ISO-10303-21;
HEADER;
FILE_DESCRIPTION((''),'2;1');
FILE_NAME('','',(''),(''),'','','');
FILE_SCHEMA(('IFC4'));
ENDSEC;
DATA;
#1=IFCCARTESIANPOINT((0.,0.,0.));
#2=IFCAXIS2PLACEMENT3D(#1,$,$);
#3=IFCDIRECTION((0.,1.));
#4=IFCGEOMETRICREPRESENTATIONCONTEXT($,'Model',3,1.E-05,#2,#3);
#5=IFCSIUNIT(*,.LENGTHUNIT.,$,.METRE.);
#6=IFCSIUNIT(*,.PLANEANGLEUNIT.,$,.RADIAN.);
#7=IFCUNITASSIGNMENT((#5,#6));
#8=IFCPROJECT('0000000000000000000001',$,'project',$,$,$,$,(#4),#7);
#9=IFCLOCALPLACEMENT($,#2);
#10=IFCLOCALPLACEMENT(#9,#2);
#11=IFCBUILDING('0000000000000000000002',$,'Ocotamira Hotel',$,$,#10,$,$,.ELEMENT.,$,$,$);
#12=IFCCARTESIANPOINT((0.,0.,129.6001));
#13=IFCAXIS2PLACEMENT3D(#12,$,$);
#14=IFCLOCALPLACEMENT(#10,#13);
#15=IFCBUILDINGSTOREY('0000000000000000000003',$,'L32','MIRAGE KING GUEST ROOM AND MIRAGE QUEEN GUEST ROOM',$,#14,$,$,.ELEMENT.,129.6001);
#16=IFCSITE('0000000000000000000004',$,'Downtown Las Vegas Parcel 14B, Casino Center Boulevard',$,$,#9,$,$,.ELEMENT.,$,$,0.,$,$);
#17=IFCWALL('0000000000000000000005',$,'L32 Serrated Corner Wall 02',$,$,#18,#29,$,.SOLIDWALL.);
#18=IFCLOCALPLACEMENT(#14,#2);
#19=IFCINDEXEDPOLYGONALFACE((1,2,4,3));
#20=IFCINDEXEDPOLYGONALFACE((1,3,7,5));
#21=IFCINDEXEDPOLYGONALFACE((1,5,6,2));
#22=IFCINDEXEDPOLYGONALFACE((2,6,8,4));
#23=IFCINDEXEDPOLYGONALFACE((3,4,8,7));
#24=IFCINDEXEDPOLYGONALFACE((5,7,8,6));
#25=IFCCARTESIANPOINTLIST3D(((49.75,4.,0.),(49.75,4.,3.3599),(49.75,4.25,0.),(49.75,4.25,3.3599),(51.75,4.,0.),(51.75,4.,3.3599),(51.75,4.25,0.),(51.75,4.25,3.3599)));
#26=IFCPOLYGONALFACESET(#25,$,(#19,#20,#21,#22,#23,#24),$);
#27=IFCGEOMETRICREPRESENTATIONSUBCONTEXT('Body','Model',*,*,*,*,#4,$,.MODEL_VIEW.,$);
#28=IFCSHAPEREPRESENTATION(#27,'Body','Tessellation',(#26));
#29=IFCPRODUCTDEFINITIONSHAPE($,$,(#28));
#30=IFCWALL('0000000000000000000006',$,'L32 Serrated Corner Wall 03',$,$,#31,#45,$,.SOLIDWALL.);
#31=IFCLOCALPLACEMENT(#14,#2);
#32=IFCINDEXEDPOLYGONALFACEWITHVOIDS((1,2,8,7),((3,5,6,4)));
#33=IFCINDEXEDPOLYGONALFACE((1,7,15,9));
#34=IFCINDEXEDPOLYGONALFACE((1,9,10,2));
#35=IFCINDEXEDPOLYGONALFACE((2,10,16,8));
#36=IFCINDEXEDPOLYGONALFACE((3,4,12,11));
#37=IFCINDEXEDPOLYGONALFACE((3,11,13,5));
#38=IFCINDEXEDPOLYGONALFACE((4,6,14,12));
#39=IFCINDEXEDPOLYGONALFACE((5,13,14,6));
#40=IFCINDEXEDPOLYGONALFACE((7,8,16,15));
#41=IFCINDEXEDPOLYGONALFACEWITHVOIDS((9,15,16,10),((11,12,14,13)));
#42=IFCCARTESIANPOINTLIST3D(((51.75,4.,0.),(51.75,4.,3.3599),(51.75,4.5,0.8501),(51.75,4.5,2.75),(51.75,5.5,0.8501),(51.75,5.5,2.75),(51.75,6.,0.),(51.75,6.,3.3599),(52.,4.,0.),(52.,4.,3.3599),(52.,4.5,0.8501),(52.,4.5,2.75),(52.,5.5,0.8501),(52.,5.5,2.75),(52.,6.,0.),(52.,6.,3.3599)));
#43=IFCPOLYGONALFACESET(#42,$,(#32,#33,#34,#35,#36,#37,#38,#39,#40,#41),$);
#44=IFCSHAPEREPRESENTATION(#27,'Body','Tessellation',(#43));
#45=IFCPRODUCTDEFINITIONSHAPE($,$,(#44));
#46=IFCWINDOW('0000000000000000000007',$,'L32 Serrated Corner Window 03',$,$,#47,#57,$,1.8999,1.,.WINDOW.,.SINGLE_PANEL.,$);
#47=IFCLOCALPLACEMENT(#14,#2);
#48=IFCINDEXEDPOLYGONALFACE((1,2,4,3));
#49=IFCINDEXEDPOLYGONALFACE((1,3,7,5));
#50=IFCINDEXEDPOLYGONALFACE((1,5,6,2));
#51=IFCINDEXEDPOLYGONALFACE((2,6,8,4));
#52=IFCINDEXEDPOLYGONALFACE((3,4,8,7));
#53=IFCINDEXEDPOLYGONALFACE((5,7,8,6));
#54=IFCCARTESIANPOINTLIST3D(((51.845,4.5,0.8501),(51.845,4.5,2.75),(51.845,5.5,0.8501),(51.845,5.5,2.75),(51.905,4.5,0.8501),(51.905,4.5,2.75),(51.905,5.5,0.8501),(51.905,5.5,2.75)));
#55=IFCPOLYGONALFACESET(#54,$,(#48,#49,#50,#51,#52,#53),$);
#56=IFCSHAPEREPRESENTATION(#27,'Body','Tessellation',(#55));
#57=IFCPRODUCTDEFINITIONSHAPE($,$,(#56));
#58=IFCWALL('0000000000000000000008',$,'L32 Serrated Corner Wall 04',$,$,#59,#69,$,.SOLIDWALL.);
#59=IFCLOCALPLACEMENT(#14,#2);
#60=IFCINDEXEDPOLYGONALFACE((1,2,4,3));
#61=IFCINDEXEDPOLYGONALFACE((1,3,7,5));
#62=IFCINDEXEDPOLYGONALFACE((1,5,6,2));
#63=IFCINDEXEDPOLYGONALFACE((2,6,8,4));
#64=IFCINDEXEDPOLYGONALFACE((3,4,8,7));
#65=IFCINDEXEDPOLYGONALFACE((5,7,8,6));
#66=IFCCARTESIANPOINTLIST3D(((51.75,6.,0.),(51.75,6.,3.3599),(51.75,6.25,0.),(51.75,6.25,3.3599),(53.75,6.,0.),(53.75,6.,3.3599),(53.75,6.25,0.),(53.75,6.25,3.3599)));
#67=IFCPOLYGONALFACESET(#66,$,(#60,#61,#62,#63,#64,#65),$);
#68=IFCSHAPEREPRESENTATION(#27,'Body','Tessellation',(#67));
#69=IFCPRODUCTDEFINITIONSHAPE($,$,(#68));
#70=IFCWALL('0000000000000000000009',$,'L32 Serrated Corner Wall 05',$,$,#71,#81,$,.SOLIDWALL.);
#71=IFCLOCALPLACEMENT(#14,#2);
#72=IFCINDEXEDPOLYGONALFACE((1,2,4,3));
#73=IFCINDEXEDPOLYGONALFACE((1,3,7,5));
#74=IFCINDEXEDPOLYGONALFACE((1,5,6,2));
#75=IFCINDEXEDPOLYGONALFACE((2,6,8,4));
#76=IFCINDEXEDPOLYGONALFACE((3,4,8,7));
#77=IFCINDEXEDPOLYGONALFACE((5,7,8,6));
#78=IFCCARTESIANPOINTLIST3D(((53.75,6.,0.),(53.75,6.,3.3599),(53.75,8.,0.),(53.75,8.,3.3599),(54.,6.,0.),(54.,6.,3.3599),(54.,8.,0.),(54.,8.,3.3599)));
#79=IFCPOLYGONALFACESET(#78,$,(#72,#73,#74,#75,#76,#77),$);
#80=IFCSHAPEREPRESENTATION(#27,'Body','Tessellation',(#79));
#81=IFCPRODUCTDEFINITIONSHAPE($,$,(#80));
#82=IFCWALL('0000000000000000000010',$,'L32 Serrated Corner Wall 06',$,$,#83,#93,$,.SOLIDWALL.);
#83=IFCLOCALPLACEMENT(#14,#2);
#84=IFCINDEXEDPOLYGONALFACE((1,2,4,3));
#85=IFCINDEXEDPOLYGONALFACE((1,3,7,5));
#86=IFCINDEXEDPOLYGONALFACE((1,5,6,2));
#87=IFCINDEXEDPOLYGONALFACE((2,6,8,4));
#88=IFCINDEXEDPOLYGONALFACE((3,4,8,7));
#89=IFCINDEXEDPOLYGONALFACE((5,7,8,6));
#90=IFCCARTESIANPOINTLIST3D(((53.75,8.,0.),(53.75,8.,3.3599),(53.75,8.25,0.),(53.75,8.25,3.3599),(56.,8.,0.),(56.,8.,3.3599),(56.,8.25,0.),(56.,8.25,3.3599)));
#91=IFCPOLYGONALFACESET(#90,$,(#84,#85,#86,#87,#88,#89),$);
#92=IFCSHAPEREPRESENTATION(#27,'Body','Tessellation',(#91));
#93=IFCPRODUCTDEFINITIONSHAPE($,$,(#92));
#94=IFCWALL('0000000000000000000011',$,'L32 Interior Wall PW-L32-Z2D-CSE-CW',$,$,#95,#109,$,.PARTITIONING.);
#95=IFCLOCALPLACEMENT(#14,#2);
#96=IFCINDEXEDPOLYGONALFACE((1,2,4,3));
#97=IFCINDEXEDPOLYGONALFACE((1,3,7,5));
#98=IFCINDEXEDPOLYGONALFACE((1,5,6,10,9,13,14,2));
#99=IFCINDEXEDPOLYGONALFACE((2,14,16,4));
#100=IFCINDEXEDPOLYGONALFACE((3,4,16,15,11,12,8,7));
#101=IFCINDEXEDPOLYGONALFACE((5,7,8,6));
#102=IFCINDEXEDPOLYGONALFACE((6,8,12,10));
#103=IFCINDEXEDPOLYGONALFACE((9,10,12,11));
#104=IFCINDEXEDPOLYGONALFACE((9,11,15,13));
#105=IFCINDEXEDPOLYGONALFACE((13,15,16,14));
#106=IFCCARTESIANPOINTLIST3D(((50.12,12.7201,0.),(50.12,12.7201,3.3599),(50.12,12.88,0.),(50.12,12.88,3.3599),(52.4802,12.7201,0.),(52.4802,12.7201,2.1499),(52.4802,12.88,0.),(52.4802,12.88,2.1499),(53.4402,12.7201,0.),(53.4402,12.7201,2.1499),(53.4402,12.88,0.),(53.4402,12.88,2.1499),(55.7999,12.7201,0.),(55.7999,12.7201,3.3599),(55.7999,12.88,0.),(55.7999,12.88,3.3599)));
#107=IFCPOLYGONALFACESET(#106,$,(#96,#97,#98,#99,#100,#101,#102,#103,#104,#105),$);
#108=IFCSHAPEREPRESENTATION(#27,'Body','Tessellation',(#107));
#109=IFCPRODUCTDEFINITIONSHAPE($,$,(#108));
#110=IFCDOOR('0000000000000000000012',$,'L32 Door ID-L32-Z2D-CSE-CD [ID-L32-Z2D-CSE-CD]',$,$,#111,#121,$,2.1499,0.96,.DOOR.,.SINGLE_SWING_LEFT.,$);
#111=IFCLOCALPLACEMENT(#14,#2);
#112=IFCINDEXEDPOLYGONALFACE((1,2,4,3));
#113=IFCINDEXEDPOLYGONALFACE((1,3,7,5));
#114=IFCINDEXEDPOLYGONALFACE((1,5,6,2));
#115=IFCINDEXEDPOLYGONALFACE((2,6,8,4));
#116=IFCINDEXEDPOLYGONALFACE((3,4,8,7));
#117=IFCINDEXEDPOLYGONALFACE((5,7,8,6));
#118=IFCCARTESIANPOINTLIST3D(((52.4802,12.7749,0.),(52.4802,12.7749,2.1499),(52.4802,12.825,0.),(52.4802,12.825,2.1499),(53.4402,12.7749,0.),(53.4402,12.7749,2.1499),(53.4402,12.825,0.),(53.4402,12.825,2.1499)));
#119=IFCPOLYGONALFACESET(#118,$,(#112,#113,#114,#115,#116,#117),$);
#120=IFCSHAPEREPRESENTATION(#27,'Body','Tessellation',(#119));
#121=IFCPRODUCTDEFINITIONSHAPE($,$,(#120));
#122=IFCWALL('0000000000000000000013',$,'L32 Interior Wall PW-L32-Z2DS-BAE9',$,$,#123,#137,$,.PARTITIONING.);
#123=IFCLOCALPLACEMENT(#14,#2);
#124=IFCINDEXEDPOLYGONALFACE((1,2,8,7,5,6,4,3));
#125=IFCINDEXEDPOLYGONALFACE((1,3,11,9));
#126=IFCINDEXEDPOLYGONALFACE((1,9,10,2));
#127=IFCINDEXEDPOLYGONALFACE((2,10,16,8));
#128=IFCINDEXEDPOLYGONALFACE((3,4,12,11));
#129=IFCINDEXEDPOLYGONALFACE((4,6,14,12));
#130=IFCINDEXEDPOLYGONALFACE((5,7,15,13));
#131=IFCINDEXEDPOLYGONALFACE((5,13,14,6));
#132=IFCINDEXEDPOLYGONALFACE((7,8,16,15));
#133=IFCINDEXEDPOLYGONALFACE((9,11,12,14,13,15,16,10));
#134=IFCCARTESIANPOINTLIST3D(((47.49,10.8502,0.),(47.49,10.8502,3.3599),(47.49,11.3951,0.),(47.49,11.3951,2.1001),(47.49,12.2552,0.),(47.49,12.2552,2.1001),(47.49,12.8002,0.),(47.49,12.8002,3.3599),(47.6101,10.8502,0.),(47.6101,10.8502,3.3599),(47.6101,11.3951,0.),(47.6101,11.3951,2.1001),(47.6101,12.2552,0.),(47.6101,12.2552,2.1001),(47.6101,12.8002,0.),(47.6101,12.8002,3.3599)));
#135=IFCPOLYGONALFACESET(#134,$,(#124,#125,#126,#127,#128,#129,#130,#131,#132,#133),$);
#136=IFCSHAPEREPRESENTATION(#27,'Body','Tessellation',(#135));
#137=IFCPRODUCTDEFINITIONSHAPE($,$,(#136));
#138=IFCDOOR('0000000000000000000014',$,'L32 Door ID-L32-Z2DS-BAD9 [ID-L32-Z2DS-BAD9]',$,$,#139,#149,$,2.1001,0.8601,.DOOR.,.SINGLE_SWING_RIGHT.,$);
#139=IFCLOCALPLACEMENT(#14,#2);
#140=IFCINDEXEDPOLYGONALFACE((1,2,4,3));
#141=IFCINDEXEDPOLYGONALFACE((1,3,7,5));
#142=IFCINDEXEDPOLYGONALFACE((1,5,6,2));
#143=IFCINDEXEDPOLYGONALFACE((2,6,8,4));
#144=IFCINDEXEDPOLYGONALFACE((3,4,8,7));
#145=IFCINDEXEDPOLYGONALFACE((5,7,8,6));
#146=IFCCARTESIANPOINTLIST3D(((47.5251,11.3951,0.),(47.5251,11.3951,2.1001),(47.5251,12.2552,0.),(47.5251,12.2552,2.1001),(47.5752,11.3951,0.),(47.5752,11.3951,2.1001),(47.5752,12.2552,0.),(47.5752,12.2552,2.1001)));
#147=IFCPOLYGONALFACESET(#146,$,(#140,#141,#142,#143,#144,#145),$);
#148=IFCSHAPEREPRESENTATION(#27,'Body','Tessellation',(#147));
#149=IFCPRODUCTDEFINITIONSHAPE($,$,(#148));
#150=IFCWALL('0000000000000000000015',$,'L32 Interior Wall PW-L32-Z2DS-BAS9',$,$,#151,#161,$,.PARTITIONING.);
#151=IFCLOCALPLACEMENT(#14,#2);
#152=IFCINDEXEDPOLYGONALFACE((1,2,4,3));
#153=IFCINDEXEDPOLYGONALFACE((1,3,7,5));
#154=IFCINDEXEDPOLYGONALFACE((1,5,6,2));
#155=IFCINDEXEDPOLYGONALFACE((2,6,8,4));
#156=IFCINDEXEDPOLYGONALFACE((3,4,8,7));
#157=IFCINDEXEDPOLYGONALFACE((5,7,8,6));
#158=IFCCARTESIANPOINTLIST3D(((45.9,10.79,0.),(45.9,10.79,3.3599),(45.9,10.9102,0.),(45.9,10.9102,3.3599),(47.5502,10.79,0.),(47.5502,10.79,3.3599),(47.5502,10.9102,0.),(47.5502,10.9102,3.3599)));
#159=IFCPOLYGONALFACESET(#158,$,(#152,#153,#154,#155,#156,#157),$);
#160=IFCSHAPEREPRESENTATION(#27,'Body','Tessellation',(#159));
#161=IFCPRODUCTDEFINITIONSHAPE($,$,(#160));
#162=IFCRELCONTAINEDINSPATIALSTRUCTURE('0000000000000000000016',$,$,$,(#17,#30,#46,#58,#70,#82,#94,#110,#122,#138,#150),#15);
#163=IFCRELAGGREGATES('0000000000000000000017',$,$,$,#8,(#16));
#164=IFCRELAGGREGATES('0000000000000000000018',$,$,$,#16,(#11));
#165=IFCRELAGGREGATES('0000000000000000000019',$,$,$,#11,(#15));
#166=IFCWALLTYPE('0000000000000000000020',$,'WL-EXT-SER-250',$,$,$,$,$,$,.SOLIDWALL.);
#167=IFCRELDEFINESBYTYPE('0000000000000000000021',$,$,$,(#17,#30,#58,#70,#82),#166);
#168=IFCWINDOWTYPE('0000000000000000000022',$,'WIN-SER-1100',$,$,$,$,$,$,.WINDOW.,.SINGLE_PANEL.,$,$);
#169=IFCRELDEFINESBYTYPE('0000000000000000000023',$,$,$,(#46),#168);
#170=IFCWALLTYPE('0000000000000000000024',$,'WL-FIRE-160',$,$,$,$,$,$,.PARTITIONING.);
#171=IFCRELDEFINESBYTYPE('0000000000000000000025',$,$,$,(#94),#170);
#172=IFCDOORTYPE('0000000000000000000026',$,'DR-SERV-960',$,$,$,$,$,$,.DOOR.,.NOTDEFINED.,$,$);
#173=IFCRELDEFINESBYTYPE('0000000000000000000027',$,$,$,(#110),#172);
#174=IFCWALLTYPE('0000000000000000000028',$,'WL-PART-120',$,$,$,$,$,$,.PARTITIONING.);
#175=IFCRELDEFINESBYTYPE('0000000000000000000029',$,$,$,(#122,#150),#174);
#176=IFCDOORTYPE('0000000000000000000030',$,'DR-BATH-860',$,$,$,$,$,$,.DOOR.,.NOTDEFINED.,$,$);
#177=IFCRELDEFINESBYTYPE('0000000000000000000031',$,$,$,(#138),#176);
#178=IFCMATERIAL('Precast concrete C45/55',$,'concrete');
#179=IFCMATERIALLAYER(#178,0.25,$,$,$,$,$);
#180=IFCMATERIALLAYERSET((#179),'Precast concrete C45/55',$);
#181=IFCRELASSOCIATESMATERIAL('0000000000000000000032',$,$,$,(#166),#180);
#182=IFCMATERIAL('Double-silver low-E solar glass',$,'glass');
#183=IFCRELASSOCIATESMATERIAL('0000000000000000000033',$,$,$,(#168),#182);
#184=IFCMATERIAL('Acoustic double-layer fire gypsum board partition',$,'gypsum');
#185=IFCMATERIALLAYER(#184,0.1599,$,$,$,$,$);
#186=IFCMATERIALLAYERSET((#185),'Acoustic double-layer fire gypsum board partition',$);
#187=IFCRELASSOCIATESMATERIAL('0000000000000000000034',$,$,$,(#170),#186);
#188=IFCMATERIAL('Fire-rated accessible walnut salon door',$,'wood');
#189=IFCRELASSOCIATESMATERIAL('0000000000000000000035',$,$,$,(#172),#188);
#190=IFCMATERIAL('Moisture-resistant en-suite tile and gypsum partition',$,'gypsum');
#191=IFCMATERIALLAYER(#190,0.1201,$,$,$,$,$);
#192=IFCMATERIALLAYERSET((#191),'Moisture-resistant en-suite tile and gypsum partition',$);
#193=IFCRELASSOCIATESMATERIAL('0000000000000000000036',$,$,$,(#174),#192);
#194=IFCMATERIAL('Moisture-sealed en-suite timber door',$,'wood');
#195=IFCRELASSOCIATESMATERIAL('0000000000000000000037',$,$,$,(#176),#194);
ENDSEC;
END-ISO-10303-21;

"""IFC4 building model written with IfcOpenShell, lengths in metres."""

from ifc_helpers import new_model, si_unit, direction, frame, frame_2d, origin, place, context, subcontext, project, spatial, rectangle, extrude, source, transform, mapped, material, layer, layer_set, type_object, element, fill, save


model = new_model("IFC4")

# Units and contexts
model_context = context("Model", 3, precision=1e-05, world=origin(), true_north=direction((0.0, 1.0)))
body_context = subcontext(model_context, "Body", "Model", "MODEL_VIEW")
ifc_project = project(units=[si_unit("LENGTHUNIT", "METRE"), si_unit("PLANEANGLEUNIT", "RADIAN")], contexts=[model_context])

# Site, building, storey
site_placement = place(None, origin())
site = spatial("IfcSite", under=ifc_project, at=site_placement, Name="Downtown Las Vegas Parcel 14B, Casino Center Boulevard", CompositionType="ELEMENT", RefElevation=0.0)
building_placement = place(site_placement, origin())
building = spatial("IfcBuilding", under=site, at=building_placement, Name="Ocotamira Hotel", CompositionType="ELEMENT")
storey_placement = place(building_placement, frame((0.0, 0.0, 129.6001)))
storey = spatial("IfcBuildingStorey", under=building, at=storey_placement, Name="L32", Description="MIRAGE KING GUEST ROOM AND MIRAGE QUEEN GUEST ROOM", CompositionType="ELEMENT", Elevation=129.6001)

# Wall
ifc_material_1 = material(Name="Precast concrete C45/55", Category="concrete")
ifc_layer_1 = layer(ifc_material_1, 0.25)
ifc_layer_set_1 = layer_set([ifc_layer_1], Name="Precast concrete C45/55")
wall_type_1 = type_object("IfcWallType", Name="WL-EXT-SER-250", PredefinedType="SOLIDWALL", material=ifc_layer_set_1)
wall_1_placement = place(storey_placement, frame((49.75, 4.125, 0.0), z_axis=(0.0, 0.0, 1.0), x_axis=(1.0, 0.0, 0.0)))
element("IfcWall", 1, at=wall_1_placement, inside=storey, type_object=wall_type_1, Name="L32 Serrated Corner Wall 02", PredefinedType="SOLIDWALL", context=body_context, shape_type="SweptSolid", body=[
    extrude(rectangle(XDim=2.0, YDim=0.25, at=frame_2d((1.0, 0.0))), origin(), (0.0, 0.0, 1.0), 3.3599),
])

# Wall, opening, window
wall_2_placement = place(storey_placement, frame((51.875, 4.0, 0.0), z_axis=(0.0, 0.0, 1.0), x_axis=(0.0, 1.0, 0.0)))
wall_2 = element("IfcWall", 2, at=wall_2_placement, inside=storey, type_object=wall_type_1, Name="L32 Serrated Corner Wall 03", PredefinedType="SOLIDWALL", context=body_context, shape_type="SweptSolid", body=[
    extrude(rectangle(XDim=2.0, YDim=0.25, at=frame_2d((1.0, 0.0))), origin(), (0.0, 0.0, 1.0), 3.3599),
])
opening_1_placement = place(wall_2_placement, frame((0.5, 0.0, 0.8501)))
opening_1 = element("IfcOpeningElement", 3, at=opening_1_placement, cuts=wall_2, PredefinedType="OPENING", context=body_context, shape_type="SweptSolid", body=[
    extrude(rectangle(XDim=1.0, YDim=1.8999, at=frame_2d((0.5, 0.95))), frame((0.0, 0.135, 0.0), z_axis=(0.0, -1.0, 0.0), x_axis=(1.0, 0.0, 0.0)), (0.0, 0.0, 1.0), 0.27),
])
ifc_material_2 = material(Name="Double-silver low-E solar glass", Category="glass")
window_type = type_object("IfcWindowType", Name="WIN-SER-1100", PartitioningType="SINGLE_PANEL", PredefinedType="WINDOW", material=ifc_material_2)
shared_shape_1 = source(origin(), body_context, "Body", "SweptSolid", [
    extrude(rectangle(XDim=1.0, YDim=1.8999, at=frame_2d((0.5, 0.95))), frame((0.0, 0.03, 0.0), z_axis=(0.0, -1.0, 0.0), x_axis=(1.0, 0.0, 0.0)), (0.0, 0.0, 1.0), 0.0601),
])
window_placement = place(opening_1_placement, origin())
window = element("IfcWindow", 4, at=window_placement, inside=storey, type_object=window_type, Name="L32 Serrated Corner Window 03", OverallHeight=1.8999, OverallWidth=1.0, PartitioningType="SINGLE_PANEL", PredefinedType="WINDOW", context=body_context, shape_type="MappedRepresentation", body=[
    mapped(shared_shape_1, transform((0.0, 0.0, 0.0), scale=1.0)),
])
fill(opening_1, window)

# Walls
for number, where, z_axis, x_axis, name in (
    (5, (51.75, 6.125, 0.0), (0.0, 0.0, 1.0), (1.0, 0.0, 0.0), "L32 Serrated Corner Wall 04"),
    (6, (53.875, 6.0, 0.0), (0.0, 0.0, 1.0), (0.0, 1.0, 0.0), "L32 Serrated Corner Wall 05"),
):
    element("IfcWall", number, at=place(storey_placement, frame(where, z_axis=z_axis, x_axis=x_axis)), inside=storey, type_object=wall_type_1, Name=name, PredefinedType="SOLIDWALL", context=body_context, shape_type="SweptSolid", body=[
        extrude(rectangle(XDim=2.0, YDim=0.25, at=frame_2d((1.0, 0.0))), origin(), (0.0, 0.0, 1.0), 3.3599),
    ])
wall_3_placement = place(storey_placement, frame((53.75, 8.125, 0.0), z_axis=(0.0, 0.0, 1.0), x_axis=(1.0, 0.0, 0.0)))
element("IfcWall", 7, at=wall_3_placement, inside=storey, type_object=wall_type_1, Name="L32 Serrated Corner Wall 06", PredefinedType="SOLIDWALL", context=body_context, shape_type="SweptSolid", body=[
    extrude(rectangle(XDim=2.25, YDim=0.25, at=frame_2d((1.125, 0.0))), origin(), (0.0, 0.0, 1.0), 3.3599),
])

# Walls, openings, doors
ifc_material_3 = material(Name="Acoustic double-layer fire gypsum board partition", Category="gypsum")
ifc_layer_2 = layer(ifc_material_3, 0.1599)
ifc_layer_set_2 = layer_set([ifc_layer_2], Name="Acoustic double-layer fire gypsum board partition")
wall_type_2 = type_object("IfcWallType", Name="WL-FIRE-160", PredefinedType="PARTITIONING", material=ifc_layer_set_2)
wall_4_placement = place(storey_placement, frame((50.1201, 12.8, 0.0), z_axis=(0.0, 0.0, 1.0), x_axis=(1.0, 0.0, 0.0)))
wall_4 = element("IfcWall", 8, at=wall_4_placement, inside=storey, type_object=wall_type_2, Name="L32 Interior Wall PW-L32-Z2D-CSE-CW", PredefinedType="PARTITIONING", context=body_context, shape_type="SweptSolid", body=[
    extrude(rectangle(XDim=5.6799, YDim=0.1599, at=frame_2d((2.8398, 0.0))), origin(), (0.0, 0.0, 1.0), 3.3599),
])
opening_2_placement = place(wall_4_placement, frame((2.3601, 0.0, 0.0)))
opening_2 = element("IfcOpeningElement", 9, at=opening_2_placement, cuts=wall_4, PredefinedType="OPENING", context=body_context, shape_type="SweptSolid", body=[
    extrude(rectangle(XDim=0.96, YDim=2.1499, at=frame_2d((0.48, 1.075))), frame((0.0, 0.0898, 0.0), z_axis=(0.0, -1.0, 0.0), x_axis=(1.0, 0.0, 0.0)), (0.0, 0.0, 1.0), 0.1799),
])
ifc_material_4 = material(Name="Fire-rated accessible walnut salon door", Category="wood")
door_type_1 = type_object("IfcDoorType", Name="DR-SERV-960", OperationType="NOTDEFINED", PredefinedType="DOOR", material=ifc_material_4)
shared_shape_2 = source(origin(), body_context, "Body", "SweptSolid", [
    extrude(rectangle(XDim=0.96, YDim=2.1499, at=frame_2d((0.48, 1.075))), frame((0.0, 0.0249, 0.0), z_axis=(0.0, -1.0, 0.0), x_axis=(1.0, 0.0, 0.0)), (0.0, 0.0, 1.0), 0.05),
])
door_1_placement = place(opening_2_placement, origin())
door_1 = element("IfcDoor", 10, at=door_1_placement, inside=storey, type_object=door_type_1, Name="L32 Door ID-L32-Z2D-CSE-CD [ID-L32-Z2D-CSE-CD]", OperationType="SINGLE_SWING_LEFT", OverallHeight=2.1499, OverallWidth=0.96, PredefinedType="DOOR", context=body_context, shape_type="MappedRepresentation", body=[
    mapped(shared_shape_2, transform((0.0, 0.0, 0.0), scale=1.0)),
])
fill(opening_2, door_1)
ifc_material_5 = material(Name="Moisture-resistant en-suite tile and gypsum partition", Category="gypsum")
ifc_layer_3 = layer(ifc_material_5, 0.1201)
ifc_layer_set_3 = layer_set([ifc_layer_3], Name="Moisture-resistant en-suite tile and gypsum partition")
wall_type_3 = type_object("IfcWallType", Name="WL-PART-120", PredefinedType="PARTITIONING", material=ifc_layer_set_3)
wall_5_placement = place(storey_placement, frame((47.55, 10.8501, 0.0), z_axis=(0.0, 0.0, 1.0), x_axis=(0.0, 1.0, 0.0)))
wall_5 = element("IfcWall", 11, at=wall_5_placement, inside=storey, type_object=wall_type_3, Name="L32 Interior Wall PW-L32-Z2DS-BAE9", PredefinedType="PARTITIONING", context=body_context, shape_type="SweptSolid", body=[
    extrude(rectangle(XDim=1.95, YDim=0.1201, at=frame_2d((0.9751, 0.0))), origin(), (0.0, 0.0, 1.0), 3.3599),
])
opening_3_placement = place(wall_5_placement, frame((0.5449, 0.0, 0.0)))
opening_3 = element("IfcOpeningElement", 12, at=opening_3_placement, cuts=wall_5, PredefinedType="OPENING", context=body_context, shape_type="SweptSolid", body=[
    extrude(rectangle(XDim=0.8601, YDim=2.1001, at=frame_2d((0.4302, 1.05))), frame((0.0, 0.0701, 0.0), z_axis=(0.0, -1.0, 0.0), x_axis=(1.0, 0.0, 0.0)), (0.0, 0.0, 1.0), 0.1401),
])
ifc_material_6 = material(Name="Moisture-sealed en-suite timber door", Category="wood")
door_type_2 = type_object("IfcDoorType", Name="DR-BATH-860", OperationType="NOTDEFINED", PredefinedType="DOOR", material=ifc_material_6)
shared_shape_3 = source(origin(), body_context, "Body", "SweptSolid", [
    extrude(rectangle(XDim=0.8601, YDim=2.1001, at=frame_2d((0.4302, 1.05))), frame((0.0, 0.0249, 0.0), z_axis=(0.0, -1.0, 0.0), x_axis=(1.0, 0.0, 0.0)), (0.0, 0.0, 1.0), 0.05),
])
door_2_placement = place(opening_3_placement, origin())
door_2 = element("IfcDoor", 13, at=door_2_placement, inside=storey, type_object=door_type_2, Name="L32 Door ID-L32-Z2DS-BAD9 [ID-L32-Z2DS-BAD9]", OperationType="SINGLE_SWING_RIGHT", OverallHeight=2.1001, OverallWidth=0.8601, PredefinedType="DOOR", context=body_context, shape_type="MappedRepresentation", body=[
    mapped(shared_shape_3, transform((0.0, 0.0, 0.0), scale=1.0)),
])
fill(opening_3, door_2)

# Wall
wall_6_placement = place(storey_placement, frame((45.8999, 10.8501, 0.0), z_axis=(0.0, 0.0, 1.0), x_axis=(1.0, 0.0, 0.0)))
element("IfcWall", 14, at=wall_6_placement, inside=storey, type_object=wall_type_3, Name="L32 Interior Wall PW-L32-Z2DS-BAS9", PredefinedType="PARTITIONING", context=body_context, shape_type="SweptSolid", body=[
    extrude(rectangle(XDim=1.6501, YDim=0.1201, at=frame_2d((0.8252, 0.0))), origin(), (0.0, 0.0, 1.0), 3.3599),
])

save(model, "model.ifc")
